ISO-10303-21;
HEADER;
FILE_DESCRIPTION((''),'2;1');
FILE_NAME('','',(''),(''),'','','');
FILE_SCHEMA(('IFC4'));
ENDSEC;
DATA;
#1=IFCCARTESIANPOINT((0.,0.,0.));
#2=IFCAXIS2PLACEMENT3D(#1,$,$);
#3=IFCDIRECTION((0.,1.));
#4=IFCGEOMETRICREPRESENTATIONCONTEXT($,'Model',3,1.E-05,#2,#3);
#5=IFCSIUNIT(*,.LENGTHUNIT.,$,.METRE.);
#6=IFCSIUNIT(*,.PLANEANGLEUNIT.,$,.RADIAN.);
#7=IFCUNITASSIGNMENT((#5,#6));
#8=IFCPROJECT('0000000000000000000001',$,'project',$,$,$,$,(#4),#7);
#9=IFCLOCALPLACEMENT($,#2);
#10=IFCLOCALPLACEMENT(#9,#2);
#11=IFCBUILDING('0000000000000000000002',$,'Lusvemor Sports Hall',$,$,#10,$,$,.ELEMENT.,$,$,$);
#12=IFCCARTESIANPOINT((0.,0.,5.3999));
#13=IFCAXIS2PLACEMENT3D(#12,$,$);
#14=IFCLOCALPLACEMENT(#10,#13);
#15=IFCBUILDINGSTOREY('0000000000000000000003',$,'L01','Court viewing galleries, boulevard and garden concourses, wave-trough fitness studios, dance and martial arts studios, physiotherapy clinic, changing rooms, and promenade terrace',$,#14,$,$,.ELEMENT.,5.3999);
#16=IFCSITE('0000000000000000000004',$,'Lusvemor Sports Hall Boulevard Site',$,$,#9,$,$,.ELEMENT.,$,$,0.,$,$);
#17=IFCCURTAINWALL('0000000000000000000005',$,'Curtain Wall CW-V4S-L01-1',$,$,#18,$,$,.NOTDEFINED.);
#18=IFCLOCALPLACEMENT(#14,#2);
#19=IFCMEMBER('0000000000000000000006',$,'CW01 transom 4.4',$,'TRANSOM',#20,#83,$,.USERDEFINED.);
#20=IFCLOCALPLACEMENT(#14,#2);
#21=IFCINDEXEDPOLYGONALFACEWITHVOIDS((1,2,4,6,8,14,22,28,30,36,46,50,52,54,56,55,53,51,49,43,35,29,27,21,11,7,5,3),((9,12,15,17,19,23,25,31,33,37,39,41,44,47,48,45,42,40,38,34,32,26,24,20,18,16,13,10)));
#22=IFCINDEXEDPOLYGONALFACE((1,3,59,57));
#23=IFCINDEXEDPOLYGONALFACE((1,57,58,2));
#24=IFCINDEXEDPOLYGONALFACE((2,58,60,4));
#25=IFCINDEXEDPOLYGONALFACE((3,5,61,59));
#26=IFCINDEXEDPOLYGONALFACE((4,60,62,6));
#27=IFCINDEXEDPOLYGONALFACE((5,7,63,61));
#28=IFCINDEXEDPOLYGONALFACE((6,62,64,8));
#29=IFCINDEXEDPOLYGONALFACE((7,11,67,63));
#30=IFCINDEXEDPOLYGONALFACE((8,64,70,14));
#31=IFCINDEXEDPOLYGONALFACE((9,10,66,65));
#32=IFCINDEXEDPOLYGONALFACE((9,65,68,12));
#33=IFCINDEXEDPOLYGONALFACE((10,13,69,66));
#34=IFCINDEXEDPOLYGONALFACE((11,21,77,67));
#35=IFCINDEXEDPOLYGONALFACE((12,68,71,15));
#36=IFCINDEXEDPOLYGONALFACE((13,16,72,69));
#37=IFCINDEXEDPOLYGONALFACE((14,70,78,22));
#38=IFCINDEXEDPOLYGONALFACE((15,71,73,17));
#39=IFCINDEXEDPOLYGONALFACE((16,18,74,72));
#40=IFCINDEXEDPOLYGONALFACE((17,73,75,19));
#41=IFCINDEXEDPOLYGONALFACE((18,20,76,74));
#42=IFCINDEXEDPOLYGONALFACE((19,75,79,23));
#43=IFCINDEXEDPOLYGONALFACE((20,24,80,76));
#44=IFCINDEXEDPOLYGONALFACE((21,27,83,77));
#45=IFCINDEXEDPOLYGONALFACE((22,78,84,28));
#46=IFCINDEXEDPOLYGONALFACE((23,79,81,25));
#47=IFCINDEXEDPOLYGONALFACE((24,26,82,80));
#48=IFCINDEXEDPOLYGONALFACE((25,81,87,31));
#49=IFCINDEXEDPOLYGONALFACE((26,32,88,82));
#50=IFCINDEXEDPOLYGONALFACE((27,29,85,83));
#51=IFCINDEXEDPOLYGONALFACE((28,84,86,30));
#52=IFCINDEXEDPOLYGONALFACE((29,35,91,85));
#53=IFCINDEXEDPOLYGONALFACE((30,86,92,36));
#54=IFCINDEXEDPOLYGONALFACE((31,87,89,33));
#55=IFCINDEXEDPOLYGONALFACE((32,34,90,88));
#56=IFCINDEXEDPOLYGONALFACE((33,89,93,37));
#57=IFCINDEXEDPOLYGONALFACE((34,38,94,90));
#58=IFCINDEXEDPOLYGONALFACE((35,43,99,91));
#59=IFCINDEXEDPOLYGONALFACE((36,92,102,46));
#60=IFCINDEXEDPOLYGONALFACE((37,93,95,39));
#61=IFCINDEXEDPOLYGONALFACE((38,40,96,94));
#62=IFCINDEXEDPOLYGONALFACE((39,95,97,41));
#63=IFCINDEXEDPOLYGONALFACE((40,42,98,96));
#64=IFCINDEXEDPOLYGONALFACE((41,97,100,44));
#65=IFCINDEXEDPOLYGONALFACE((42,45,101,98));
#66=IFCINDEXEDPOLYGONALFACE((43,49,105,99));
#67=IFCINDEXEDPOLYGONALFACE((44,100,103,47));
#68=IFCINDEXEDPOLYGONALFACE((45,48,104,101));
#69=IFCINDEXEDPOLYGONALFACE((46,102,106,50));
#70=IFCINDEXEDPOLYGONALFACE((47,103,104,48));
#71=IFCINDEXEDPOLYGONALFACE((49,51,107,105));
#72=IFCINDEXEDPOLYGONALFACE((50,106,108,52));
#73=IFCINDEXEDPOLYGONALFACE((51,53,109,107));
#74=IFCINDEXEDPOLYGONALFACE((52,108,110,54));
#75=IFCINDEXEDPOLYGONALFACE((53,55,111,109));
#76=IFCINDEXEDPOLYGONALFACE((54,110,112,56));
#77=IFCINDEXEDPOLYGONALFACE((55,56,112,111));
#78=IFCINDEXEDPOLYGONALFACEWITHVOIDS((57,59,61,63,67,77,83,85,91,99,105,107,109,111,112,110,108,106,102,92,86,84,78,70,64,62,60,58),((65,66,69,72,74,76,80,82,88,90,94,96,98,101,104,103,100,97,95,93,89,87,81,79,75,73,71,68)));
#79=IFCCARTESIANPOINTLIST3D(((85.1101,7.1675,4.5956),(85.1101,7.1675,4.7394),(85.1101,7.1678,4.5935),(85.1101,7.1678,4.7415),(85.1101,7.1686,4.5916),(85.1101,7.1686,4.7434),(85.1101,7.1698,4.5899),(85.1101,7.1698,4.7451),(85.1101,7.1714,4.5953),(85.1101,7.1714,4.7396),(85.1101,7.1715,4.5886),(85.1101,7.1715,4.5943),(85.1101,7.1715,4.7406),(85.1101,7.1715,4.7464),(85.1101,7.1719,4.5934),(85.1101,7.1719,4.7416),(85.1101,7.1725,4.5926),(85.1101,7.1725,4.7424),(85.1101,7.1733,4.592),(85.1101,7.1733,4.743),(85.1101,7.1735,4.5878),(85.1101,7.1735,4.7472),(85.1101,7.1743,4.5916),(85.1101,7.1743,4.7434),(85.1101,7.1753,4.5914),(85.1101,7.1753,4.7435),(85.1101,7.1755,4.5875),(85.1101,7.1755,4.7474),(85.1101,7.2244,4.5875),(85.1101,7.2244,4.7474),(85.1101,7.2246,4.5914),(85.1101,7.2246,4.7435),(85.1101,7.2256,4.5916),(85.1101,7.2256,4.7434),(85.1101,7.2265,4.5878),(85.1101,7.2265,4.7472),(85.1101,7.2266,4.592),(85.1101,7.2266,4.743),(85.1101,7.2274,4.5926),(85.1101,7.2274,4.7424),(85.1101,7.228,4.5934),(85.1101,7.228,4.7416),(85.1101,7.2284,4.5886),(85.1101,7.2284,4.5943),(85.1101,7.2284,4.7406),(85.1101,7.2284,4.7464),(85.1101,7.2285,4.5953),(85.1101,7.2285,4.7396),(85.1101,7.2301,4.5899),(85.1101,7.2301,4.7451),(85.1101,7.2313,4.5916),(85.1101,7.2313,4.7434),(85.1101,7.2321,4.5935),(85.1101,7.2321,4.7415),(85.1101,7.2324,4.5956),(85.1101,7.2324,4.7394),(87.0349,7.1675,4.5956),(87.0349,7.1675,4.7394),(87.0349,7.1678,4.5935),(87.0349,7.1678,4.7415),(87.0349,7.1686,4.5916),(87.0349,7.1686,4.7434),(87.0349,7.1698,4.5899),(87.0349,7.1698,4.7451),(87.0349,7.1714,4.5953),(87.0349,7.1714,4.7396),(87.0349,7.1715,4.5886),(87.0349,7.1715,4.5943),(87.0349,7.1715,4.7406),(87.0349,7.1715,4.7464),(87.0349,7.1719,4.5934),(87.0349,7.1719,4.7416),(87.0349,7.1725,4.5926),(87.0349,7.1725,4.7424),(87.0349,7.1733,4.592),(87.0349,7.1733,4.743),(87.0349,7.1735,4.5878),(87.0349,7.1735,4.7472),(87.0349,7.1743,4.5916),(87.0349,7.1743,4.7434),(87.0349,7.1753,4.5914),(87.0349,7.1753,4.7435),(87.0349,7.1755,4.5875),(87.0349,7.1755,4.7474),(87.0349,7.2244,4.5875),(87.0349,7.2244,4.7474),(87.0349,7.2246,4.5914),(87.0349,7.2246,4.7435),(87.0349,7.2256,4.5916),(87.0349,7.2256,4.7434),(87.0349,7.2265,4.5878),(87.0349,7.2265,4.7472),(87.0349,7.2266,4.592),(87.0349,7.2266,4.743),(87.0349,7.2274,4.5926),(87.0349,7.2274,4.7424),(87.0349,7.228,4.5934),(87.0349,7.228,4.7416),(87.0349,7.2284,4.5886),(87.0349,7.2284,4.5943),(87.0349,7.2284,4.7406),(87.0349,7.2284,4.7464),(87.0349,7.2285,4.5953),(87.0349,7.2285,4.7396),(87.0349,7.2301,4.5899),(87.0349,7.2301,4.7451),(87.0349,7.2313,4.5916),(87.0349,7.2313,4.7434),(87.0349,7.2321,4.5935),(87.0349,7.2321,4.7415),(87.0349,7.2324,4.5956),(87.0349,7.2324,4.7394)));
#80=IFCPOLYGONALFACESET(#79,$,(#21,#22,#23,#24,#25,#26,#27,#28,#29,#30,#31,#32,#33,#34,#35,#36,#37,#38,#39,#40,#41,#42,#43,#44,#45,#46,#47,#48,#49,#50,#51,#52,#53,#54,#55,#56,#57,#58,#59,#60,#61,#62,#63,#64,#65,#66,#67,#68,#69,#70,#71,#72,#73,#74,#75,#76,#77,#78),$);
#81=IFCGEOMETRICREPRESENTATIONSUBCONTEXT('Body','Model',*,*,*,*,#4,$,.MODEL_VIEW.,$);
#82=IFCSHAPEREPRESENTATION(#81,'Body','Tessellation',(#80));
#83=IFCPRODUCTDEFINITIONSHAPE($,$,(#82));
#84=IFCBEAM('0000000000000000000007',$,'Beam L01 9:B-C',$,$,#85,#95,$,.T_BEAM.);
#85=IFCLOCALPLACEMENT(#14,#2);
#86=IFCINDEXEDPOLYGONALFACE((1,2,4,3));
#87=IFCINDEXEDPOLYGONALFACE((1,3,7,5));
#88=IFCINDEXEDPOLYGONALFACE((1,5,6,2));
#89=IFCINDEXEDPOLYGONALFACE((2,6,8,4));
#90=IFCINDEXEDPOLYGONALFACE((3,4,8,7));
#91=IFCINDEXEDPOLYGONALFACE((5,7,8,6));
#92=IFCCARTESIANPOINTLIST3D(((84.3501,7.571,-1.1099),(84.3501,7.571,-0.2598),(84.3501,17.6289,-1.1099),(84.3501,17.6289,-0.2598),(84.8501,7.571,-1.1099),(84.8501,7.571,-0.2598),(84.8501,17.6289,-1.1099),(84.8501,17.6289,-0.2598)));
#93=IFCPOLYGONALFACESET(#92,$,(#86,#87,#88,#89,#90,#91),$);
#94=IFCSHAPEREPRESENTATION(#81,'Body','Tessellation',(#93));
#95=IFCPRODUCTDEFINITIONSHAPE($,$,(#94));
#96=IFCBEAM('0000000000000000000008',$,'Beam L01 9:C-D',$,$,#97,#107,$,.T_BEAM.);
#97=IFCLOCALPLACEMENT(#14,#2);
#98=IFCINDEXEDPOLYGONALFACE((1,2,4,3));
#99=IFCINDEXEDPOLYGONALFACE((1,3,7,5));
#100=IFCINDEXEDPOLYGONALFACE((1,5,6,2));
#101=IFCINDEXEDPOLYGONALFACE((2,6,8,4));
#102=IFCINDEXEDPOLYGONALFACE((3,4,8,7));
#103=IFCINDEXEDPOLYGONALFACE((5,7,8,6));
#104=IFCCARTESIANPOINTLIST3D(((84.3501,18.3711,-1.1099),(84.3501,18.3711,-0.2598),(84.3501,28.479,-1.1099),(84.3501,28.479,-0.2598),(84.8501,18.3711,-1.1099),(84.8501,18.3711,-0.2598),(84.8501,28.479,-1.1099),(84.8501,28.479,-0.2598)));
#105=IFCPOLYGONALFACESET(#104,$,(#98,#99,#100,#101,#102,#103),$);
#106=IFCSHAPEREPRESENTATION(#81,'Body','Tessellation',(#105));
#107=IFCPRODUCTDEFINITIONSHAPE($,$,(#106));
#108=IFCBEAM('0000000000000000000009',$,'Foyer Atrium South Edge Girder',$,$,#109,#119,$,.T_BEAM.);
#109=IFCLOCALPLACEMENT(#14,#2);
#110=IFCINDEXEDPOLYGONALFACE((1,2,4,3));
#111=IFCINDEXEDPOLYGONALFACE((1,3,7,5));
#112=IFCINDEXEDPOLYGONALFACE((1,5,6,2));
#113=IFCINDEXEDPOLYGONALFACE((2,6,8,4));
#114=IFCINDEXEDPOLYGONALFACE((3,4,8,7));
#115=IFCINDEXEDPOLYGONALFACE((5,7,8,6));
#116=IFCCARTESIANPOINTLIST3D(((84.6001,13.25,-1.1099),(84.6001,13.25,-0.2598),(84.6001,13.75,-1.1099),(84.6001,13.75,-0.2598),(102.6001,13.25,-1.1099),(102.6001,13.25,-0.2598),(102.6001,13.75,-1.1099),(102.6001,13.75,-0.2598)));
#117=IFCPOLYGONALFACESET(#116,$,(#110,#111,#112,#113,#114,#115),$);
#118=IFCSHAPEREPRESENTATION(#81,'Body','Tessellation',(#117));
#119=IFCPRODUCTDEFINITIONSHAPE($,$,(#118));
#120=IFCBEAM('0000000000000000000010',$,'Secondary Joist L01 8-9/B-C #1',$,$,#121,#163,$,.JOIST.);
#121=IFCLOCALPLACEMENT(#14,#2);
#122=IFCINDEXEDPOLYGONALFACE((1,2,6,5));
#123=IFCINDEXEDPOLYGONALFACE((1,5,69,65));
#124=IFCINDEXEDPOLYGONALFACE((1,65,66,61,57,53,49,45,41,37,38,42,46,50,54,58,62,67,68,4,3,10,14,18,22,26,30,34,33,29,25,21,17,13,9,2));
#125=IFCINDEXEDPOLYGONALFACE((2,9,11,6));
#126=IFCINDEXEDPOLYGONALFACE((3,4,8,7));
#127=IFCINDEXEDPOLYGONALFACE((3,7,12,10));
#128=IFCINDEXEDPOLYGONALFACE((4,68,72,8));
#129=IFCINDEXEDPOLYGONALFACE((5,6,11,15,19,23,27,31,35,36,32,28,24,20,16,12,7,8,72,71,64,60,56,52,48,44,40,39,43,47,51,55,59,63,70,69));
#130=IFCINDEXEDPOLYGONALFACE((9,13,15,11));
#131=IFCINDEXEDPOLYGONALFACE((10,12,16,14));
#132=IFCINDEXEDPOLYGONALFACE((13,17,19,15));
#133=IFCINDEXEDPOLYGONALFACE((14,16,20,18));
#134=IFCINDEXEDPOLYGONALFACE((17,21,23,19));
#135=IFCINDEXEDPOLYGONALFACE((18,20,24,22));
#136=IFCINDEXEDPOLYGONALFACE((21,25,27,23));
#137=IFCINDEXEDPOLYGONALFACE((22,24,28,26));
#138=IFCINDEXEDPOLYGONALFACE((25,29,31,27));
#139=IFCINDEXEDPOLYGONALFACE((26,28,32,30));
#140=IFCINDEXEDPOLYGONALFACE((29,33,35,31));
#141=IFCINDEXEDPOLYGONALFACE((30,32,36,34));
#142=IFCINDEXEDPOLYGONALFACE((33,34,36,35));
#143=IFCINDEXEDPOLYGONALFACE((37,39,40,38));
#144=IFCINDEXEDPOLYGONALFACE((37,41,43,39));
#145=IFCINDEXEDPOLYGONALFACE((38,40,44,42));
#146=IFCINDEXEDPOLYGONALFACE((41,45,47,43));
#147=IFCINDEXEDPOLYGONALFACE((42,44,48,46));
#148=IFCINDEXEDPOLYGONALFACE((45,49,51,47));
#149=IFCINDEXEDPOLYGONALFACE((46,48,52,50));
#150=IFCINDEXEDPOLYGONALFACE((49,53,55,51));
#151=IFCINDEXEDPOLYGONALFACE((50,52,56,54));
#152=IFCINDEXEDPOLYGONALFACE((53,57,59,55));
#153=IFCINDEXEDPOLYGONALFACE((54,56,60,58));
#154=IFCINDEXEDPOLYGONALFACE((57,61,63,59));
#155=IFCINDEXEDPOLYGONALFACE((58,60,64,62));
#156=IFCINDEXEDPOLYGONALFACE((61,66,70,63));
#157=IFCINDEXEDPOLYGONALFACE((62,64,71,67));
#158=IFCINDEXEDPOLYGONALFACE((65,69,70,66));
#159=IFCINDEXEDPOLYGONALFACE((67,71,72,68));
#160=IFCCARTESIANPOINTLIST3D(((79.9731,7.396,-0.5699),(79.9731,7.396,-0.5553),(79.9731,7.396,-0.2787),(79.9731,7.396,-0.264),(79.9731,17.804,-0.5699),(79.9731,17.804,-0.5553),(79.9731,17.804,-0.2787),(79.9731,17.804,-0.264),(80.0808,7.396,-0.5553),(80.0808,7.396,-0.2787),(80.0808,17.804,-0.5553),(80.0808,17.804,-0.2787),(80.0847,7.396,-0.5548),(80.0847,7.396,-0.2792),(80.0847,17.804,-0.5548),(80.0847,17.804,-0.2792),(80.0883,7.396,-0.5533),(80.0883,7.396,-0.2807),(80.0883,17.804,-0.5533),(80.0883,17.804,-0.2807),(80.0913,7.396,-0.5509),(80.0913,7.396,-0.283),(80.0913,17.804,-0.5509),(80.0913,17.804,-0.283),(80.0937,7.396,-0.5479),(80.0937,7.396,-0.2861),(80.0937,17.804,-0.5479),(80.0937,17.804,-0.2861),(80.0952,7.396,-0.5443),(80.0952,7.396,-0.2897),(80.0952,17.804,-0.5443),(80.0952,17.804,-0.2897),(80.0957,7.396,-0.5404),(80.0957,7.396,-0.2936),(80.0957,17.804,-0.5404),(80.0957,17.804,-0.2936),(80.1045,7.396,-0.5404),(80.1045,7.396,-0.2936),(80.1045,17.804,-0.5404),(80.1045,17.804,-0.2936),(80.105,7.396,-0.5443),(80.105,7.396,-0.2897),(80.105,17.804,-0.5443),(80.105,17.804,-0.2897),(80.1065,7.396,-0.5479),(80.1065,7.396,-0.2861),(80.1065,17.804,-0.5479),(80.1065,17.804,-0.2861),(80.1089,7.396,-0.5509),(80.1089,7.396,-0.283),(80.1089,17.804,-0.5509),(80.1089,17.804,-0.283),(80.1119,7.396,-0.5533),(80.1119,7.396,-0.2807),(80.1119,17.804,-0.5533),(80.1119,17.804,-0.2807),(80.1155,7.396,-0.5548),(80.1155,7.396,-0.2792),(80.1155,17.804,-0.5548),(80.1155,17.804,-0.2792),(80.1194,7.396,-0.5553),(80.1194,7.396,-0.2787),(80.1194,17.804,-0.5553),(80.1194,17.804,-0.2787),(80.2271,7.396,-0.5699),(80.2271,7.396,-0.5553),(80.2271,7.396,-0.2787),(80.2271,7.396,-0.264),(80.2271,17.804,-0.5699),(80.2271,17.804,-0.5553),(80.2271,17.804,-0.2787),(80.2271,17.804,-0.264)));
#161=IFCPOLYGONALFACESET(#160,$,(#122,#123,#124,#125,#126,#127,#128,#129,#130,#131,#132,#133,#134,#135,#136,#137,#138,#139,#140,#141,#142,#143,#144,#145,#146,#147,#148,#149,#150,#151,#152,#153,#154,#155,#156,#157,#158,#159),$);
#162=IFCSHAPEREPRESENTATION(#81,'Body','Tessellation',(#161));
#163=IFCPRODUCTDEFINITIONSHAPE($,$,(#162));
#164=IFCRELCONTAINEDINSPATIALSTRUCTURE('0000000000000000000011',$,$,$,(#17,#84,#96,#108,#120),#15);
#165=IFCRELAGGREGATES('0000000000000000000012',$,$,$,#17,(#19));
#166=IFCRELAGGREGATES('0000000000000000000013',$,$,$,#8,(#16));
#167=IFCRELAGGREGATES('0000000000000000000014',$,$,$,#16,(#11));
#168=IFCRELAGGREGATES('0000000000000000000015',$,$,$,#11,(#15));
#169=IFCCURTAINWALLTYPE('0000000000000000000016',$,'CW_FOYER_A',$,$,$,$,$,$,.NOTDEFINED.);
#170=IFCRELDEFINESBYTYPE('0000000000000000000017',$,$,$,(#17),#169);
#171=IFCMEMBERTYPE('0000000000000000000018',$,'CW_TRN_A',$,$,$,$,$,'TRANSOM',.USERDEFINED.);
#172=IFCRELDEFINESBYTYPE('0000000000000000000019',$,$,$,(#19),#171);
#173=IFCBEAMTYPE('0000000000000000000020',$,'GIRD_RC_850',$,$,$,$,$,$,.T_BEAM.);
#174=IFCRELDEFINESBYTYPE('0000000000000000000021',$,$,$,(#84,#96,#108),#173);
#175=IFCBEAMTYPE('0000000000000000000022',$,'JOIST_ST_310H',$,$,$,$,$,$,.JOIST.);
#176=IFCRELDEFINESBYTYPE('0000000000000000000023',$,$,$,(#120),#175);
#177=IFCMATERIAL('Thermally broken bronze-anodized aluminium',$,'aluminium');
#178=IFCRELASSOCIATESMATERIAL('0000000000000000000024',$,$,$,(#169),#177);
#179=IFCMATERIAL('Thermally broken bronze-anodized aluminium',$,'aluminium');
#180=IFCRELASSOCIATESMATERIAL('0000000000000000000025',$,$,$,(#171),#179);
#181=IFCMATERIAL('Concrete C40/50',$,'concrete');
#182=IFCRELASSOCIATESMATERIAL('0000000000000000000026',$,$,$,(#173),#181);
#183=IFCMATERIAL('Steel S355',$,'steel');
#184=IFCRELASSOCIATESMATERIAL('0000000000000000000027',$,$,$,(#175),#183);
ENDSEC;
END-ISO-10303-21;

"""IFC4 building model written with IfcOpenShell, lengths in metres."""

from ifc_helpers import new_model, si_unit, direction, frame, origin, origin_2d, place, context, subcontext, project, spatial, rectangle, hollow_rectangle, i_section, extrude, material, material_profile, profile_set, type_object, element, aggregate, save


model = new_model("IFC4")

# Units and contexts
model_context = context("Model", 3, precision=1e-05, world=origin(), true_north=direction((0.0, 1.0)))
body_context = subcontext(model_context, "Body", "Model", "MODEL_VIEW")
ifc_project = project(units=[si_unit("LENGTHUNIT", "METRE"), si_unit("PLANEANGLEUNIT", "RADIAN")], contexts=[model_context])

# Site, building, storey
site_placement = place(None, origin())
site = spatial("IfcSite", under=ifc_project, at=site_placement, Name="Lusvemor Sports Hall Boulevard Site", CompositionType="ELEMENT", RefElevation=0.0)
building_placement = place(site_placement, origin())
building = spatial("IfcBuilding", under=site, at=building_placement, Name="Lusvemor Sports Hall", CompositionType="ELEMENT")
storey_placement = place(building_placement, frame((0.0, 0.0, 5.3999)))
storey = spatial("IfcBuildingStorey", under=building, at=storey_placement, Name="L01", Description="Court viewing galleries, boulevard and garden concourses, wave-trough fitness studios, dance and martial arts studios, physiotherapy clinic, changing rooms, and promenade terrace", CompositionType="ELEMENT", Elevation=5.3999)

# Curtain wall
ifc_material_1 = material(Name="Thermally broken bronze-anodized aluminium", Category="aluminium")
curtain_wall_type = type_object("IfcCurtainWallType", Name="CW_FOYER_A", PredefinedType="NOTDEFINED", material=ifc_material_1)
curtain_wall_1_placement = place(storey_placement, origin())
curtain_wall_1 = element("IfcCurtainWall", 1, at=curtain_wall_1_placement, inside=storey, type_object=curtain_wall_type, Name="Curtain Wall CW-V4S-L01-1", PredefinedType="NOTDEFINED")

# Member
ifc_material_2 = material(Name="Thermally broken bronze-anodized aluminium", Category="aluminium")
ifc_material_profile_1 = material_profile(ifc_material_2, hollow_rectangle(XDim=0.0649, YDim=0.1599, WallThickness=0.0039, InnerFilletRadius=0.0039, OuterFilletRadius=0.0081, at=origin_2d()), Name="CWTRN160x65x4")
ifc_profile_set_1 = profile_set([ifc_material_profile_1], Name="Thermally broken bronze-anodized aluminium")
member_type_1 = type_object("IfcMemberType", Name="CW_TRN_A", ElementType="TRANSOM", PredefinedType="USERDEFINED", material=ifc_profile_set_1)
member_1_placement = place(storey_placement, frame((87.0349, 7.2, 4.6675), z_axis=(-1.0, 0.0, 0.0), x_axis=(0.0, -1.0, 0.0)))
member_1 = element("IfcMember", 2, at=member_1_placement, type_object=member_type_1, Name="CW01 transom 4.4", ObjectType="TRANSOM", PredefinedType="USERDEFINED", context=body_context, shape_type="SweptSolid", body=[
    extrude(hollow_rectangle(XDim=0.0649, YDim=0.1599, WallThickness=0.0039, InnerFilletRadius=0.0039, OuterFilletRadius=0.0081, at=origin_2d()), origin(), (0.0, 0.0, 1.0), 1.9248),
])

# Beams
ifc_material_3 = material(Name="Concrete C40/50", Category="concrete")
ifc_material_profile_2 = material_profile(ifc_material_3, rectangle(XDim=0.5, YDim=0.8501, at=origin_2d()), Name="RC500x850")
ifc_profile_set_2 = profile_set([ifc_material_profile_2], Name="Concrete C40/50")
beam_type_1 = type_object("IfcBeamType", Name="GIRD_RC_850", PredefinedType="T_BEAM", material=ifc_profile_set_2)
beam_1_placement = place(storey_placement, frame((84.6001, 7.571, -0.6848), z_axis=(0.0, 1.0, 0.0), x_axis=(-1.0, 0.0, 0.0)))
element("IfcBeam", 3, at=beam_1_placement, inside=storey, type_object=beam_type_1, Name="Beam L01 9:B-C", PredefinedType="T_BEAM", context=body_context, shape_type="SweptSolid", body=[
    extrude(rectangle(XDim=0.5, YDim=0.8501, at=origin_2d()), origin(), (0.0, 0.0, 1.0), 10.0579),
])
beam_2_placement = place(storey_placement, frame((84.6001, 18.3711, -0.6848), z_axis=(0.0, 1.0, 0.0), x_axis=(-1.0, 0.0, 0.0)))
element("IfcBeam", 4, at=beam_2_placement, inside=storey, type_object=beam_type_1, Name="Beam L01 9:C-D", PredefinedType="T_BEAM", context=body_context, shape_type="SweptSolid", body=[
    extrude(rectangle(XDim=0.5, YDim=0.8501, at=origin_2d()), origin(), (0.0, 0.0, 1.0), 10.1079),
])
beam_3_placement = place(storey_placement, frame((84.6001, 13.5, -0.6848), z_axis=(1.0, 0.0, 0.0), x_axis=(0.0, 1.0, 0.0)))
element("IfcBeam", 5, at=beam_3_placement, inside=storey, type_object=beam_type_1, Name="Foyer Atrium South Edge Girder", PredefinedType="T_BEAM", context=body_context, shape_type="SweptSolid", body=[
    extrude(rectangle(XDim=0.5, YDim=0.8501, at=origin_2d()), origin(), (0.0, 0.0, 1.0), 18.0),
])
ifc_material_4 = material(Name="Steel S355", Category="steel")
ifc_material_profile_3 = material_profile(ifc_material_4, i_section(OverallWidth=0.2539, OverallDepth=0.3059, WebThickness=0.0088, FlangeThickness=0.0146, FilletRadius=0.0149, at=origin_2d()), Name="W310x79.0")
ifc_profile_set_3 = profile_set([ifc_material_profile_3], Name="Steel S355")
beam_type_2 = type_object("IfcBeamType", Name="JOIST_ST_310H", PredefinedType="JOIST", material=ifc_profile_set_3)
for number, where, z_axis, x_axis, name in (
    (6, (80.1001, 7.396, -0.417), (0.0, 1.0, 0.0), (-1.0, 0.0, 0.0), "Secondary Joist L01 8-9/B-C #1"),
):
    element("IfcBeam", number, at=place(storey_placement, frame(where, z_axis=z_axis, x_axis=x_axis)), inside=storey, type_object=beam_type_2, Name=name, PredefinedType="JOIST", context=body_context, shape_type="SweptSolid", body=[
        extrude(i_section(OverallWidth=0.2539, OverallDepth=0.3059, WebThickness=0.0088, FlangeThickness=0.0146, FilletRadius=0.0149, at=origin_2d()), origin(), (0.0, 0.0, 1.0), 10.408),
    ])

aggregate(curtain_wall_1, [member_1])

save(model, "model.ifc")
